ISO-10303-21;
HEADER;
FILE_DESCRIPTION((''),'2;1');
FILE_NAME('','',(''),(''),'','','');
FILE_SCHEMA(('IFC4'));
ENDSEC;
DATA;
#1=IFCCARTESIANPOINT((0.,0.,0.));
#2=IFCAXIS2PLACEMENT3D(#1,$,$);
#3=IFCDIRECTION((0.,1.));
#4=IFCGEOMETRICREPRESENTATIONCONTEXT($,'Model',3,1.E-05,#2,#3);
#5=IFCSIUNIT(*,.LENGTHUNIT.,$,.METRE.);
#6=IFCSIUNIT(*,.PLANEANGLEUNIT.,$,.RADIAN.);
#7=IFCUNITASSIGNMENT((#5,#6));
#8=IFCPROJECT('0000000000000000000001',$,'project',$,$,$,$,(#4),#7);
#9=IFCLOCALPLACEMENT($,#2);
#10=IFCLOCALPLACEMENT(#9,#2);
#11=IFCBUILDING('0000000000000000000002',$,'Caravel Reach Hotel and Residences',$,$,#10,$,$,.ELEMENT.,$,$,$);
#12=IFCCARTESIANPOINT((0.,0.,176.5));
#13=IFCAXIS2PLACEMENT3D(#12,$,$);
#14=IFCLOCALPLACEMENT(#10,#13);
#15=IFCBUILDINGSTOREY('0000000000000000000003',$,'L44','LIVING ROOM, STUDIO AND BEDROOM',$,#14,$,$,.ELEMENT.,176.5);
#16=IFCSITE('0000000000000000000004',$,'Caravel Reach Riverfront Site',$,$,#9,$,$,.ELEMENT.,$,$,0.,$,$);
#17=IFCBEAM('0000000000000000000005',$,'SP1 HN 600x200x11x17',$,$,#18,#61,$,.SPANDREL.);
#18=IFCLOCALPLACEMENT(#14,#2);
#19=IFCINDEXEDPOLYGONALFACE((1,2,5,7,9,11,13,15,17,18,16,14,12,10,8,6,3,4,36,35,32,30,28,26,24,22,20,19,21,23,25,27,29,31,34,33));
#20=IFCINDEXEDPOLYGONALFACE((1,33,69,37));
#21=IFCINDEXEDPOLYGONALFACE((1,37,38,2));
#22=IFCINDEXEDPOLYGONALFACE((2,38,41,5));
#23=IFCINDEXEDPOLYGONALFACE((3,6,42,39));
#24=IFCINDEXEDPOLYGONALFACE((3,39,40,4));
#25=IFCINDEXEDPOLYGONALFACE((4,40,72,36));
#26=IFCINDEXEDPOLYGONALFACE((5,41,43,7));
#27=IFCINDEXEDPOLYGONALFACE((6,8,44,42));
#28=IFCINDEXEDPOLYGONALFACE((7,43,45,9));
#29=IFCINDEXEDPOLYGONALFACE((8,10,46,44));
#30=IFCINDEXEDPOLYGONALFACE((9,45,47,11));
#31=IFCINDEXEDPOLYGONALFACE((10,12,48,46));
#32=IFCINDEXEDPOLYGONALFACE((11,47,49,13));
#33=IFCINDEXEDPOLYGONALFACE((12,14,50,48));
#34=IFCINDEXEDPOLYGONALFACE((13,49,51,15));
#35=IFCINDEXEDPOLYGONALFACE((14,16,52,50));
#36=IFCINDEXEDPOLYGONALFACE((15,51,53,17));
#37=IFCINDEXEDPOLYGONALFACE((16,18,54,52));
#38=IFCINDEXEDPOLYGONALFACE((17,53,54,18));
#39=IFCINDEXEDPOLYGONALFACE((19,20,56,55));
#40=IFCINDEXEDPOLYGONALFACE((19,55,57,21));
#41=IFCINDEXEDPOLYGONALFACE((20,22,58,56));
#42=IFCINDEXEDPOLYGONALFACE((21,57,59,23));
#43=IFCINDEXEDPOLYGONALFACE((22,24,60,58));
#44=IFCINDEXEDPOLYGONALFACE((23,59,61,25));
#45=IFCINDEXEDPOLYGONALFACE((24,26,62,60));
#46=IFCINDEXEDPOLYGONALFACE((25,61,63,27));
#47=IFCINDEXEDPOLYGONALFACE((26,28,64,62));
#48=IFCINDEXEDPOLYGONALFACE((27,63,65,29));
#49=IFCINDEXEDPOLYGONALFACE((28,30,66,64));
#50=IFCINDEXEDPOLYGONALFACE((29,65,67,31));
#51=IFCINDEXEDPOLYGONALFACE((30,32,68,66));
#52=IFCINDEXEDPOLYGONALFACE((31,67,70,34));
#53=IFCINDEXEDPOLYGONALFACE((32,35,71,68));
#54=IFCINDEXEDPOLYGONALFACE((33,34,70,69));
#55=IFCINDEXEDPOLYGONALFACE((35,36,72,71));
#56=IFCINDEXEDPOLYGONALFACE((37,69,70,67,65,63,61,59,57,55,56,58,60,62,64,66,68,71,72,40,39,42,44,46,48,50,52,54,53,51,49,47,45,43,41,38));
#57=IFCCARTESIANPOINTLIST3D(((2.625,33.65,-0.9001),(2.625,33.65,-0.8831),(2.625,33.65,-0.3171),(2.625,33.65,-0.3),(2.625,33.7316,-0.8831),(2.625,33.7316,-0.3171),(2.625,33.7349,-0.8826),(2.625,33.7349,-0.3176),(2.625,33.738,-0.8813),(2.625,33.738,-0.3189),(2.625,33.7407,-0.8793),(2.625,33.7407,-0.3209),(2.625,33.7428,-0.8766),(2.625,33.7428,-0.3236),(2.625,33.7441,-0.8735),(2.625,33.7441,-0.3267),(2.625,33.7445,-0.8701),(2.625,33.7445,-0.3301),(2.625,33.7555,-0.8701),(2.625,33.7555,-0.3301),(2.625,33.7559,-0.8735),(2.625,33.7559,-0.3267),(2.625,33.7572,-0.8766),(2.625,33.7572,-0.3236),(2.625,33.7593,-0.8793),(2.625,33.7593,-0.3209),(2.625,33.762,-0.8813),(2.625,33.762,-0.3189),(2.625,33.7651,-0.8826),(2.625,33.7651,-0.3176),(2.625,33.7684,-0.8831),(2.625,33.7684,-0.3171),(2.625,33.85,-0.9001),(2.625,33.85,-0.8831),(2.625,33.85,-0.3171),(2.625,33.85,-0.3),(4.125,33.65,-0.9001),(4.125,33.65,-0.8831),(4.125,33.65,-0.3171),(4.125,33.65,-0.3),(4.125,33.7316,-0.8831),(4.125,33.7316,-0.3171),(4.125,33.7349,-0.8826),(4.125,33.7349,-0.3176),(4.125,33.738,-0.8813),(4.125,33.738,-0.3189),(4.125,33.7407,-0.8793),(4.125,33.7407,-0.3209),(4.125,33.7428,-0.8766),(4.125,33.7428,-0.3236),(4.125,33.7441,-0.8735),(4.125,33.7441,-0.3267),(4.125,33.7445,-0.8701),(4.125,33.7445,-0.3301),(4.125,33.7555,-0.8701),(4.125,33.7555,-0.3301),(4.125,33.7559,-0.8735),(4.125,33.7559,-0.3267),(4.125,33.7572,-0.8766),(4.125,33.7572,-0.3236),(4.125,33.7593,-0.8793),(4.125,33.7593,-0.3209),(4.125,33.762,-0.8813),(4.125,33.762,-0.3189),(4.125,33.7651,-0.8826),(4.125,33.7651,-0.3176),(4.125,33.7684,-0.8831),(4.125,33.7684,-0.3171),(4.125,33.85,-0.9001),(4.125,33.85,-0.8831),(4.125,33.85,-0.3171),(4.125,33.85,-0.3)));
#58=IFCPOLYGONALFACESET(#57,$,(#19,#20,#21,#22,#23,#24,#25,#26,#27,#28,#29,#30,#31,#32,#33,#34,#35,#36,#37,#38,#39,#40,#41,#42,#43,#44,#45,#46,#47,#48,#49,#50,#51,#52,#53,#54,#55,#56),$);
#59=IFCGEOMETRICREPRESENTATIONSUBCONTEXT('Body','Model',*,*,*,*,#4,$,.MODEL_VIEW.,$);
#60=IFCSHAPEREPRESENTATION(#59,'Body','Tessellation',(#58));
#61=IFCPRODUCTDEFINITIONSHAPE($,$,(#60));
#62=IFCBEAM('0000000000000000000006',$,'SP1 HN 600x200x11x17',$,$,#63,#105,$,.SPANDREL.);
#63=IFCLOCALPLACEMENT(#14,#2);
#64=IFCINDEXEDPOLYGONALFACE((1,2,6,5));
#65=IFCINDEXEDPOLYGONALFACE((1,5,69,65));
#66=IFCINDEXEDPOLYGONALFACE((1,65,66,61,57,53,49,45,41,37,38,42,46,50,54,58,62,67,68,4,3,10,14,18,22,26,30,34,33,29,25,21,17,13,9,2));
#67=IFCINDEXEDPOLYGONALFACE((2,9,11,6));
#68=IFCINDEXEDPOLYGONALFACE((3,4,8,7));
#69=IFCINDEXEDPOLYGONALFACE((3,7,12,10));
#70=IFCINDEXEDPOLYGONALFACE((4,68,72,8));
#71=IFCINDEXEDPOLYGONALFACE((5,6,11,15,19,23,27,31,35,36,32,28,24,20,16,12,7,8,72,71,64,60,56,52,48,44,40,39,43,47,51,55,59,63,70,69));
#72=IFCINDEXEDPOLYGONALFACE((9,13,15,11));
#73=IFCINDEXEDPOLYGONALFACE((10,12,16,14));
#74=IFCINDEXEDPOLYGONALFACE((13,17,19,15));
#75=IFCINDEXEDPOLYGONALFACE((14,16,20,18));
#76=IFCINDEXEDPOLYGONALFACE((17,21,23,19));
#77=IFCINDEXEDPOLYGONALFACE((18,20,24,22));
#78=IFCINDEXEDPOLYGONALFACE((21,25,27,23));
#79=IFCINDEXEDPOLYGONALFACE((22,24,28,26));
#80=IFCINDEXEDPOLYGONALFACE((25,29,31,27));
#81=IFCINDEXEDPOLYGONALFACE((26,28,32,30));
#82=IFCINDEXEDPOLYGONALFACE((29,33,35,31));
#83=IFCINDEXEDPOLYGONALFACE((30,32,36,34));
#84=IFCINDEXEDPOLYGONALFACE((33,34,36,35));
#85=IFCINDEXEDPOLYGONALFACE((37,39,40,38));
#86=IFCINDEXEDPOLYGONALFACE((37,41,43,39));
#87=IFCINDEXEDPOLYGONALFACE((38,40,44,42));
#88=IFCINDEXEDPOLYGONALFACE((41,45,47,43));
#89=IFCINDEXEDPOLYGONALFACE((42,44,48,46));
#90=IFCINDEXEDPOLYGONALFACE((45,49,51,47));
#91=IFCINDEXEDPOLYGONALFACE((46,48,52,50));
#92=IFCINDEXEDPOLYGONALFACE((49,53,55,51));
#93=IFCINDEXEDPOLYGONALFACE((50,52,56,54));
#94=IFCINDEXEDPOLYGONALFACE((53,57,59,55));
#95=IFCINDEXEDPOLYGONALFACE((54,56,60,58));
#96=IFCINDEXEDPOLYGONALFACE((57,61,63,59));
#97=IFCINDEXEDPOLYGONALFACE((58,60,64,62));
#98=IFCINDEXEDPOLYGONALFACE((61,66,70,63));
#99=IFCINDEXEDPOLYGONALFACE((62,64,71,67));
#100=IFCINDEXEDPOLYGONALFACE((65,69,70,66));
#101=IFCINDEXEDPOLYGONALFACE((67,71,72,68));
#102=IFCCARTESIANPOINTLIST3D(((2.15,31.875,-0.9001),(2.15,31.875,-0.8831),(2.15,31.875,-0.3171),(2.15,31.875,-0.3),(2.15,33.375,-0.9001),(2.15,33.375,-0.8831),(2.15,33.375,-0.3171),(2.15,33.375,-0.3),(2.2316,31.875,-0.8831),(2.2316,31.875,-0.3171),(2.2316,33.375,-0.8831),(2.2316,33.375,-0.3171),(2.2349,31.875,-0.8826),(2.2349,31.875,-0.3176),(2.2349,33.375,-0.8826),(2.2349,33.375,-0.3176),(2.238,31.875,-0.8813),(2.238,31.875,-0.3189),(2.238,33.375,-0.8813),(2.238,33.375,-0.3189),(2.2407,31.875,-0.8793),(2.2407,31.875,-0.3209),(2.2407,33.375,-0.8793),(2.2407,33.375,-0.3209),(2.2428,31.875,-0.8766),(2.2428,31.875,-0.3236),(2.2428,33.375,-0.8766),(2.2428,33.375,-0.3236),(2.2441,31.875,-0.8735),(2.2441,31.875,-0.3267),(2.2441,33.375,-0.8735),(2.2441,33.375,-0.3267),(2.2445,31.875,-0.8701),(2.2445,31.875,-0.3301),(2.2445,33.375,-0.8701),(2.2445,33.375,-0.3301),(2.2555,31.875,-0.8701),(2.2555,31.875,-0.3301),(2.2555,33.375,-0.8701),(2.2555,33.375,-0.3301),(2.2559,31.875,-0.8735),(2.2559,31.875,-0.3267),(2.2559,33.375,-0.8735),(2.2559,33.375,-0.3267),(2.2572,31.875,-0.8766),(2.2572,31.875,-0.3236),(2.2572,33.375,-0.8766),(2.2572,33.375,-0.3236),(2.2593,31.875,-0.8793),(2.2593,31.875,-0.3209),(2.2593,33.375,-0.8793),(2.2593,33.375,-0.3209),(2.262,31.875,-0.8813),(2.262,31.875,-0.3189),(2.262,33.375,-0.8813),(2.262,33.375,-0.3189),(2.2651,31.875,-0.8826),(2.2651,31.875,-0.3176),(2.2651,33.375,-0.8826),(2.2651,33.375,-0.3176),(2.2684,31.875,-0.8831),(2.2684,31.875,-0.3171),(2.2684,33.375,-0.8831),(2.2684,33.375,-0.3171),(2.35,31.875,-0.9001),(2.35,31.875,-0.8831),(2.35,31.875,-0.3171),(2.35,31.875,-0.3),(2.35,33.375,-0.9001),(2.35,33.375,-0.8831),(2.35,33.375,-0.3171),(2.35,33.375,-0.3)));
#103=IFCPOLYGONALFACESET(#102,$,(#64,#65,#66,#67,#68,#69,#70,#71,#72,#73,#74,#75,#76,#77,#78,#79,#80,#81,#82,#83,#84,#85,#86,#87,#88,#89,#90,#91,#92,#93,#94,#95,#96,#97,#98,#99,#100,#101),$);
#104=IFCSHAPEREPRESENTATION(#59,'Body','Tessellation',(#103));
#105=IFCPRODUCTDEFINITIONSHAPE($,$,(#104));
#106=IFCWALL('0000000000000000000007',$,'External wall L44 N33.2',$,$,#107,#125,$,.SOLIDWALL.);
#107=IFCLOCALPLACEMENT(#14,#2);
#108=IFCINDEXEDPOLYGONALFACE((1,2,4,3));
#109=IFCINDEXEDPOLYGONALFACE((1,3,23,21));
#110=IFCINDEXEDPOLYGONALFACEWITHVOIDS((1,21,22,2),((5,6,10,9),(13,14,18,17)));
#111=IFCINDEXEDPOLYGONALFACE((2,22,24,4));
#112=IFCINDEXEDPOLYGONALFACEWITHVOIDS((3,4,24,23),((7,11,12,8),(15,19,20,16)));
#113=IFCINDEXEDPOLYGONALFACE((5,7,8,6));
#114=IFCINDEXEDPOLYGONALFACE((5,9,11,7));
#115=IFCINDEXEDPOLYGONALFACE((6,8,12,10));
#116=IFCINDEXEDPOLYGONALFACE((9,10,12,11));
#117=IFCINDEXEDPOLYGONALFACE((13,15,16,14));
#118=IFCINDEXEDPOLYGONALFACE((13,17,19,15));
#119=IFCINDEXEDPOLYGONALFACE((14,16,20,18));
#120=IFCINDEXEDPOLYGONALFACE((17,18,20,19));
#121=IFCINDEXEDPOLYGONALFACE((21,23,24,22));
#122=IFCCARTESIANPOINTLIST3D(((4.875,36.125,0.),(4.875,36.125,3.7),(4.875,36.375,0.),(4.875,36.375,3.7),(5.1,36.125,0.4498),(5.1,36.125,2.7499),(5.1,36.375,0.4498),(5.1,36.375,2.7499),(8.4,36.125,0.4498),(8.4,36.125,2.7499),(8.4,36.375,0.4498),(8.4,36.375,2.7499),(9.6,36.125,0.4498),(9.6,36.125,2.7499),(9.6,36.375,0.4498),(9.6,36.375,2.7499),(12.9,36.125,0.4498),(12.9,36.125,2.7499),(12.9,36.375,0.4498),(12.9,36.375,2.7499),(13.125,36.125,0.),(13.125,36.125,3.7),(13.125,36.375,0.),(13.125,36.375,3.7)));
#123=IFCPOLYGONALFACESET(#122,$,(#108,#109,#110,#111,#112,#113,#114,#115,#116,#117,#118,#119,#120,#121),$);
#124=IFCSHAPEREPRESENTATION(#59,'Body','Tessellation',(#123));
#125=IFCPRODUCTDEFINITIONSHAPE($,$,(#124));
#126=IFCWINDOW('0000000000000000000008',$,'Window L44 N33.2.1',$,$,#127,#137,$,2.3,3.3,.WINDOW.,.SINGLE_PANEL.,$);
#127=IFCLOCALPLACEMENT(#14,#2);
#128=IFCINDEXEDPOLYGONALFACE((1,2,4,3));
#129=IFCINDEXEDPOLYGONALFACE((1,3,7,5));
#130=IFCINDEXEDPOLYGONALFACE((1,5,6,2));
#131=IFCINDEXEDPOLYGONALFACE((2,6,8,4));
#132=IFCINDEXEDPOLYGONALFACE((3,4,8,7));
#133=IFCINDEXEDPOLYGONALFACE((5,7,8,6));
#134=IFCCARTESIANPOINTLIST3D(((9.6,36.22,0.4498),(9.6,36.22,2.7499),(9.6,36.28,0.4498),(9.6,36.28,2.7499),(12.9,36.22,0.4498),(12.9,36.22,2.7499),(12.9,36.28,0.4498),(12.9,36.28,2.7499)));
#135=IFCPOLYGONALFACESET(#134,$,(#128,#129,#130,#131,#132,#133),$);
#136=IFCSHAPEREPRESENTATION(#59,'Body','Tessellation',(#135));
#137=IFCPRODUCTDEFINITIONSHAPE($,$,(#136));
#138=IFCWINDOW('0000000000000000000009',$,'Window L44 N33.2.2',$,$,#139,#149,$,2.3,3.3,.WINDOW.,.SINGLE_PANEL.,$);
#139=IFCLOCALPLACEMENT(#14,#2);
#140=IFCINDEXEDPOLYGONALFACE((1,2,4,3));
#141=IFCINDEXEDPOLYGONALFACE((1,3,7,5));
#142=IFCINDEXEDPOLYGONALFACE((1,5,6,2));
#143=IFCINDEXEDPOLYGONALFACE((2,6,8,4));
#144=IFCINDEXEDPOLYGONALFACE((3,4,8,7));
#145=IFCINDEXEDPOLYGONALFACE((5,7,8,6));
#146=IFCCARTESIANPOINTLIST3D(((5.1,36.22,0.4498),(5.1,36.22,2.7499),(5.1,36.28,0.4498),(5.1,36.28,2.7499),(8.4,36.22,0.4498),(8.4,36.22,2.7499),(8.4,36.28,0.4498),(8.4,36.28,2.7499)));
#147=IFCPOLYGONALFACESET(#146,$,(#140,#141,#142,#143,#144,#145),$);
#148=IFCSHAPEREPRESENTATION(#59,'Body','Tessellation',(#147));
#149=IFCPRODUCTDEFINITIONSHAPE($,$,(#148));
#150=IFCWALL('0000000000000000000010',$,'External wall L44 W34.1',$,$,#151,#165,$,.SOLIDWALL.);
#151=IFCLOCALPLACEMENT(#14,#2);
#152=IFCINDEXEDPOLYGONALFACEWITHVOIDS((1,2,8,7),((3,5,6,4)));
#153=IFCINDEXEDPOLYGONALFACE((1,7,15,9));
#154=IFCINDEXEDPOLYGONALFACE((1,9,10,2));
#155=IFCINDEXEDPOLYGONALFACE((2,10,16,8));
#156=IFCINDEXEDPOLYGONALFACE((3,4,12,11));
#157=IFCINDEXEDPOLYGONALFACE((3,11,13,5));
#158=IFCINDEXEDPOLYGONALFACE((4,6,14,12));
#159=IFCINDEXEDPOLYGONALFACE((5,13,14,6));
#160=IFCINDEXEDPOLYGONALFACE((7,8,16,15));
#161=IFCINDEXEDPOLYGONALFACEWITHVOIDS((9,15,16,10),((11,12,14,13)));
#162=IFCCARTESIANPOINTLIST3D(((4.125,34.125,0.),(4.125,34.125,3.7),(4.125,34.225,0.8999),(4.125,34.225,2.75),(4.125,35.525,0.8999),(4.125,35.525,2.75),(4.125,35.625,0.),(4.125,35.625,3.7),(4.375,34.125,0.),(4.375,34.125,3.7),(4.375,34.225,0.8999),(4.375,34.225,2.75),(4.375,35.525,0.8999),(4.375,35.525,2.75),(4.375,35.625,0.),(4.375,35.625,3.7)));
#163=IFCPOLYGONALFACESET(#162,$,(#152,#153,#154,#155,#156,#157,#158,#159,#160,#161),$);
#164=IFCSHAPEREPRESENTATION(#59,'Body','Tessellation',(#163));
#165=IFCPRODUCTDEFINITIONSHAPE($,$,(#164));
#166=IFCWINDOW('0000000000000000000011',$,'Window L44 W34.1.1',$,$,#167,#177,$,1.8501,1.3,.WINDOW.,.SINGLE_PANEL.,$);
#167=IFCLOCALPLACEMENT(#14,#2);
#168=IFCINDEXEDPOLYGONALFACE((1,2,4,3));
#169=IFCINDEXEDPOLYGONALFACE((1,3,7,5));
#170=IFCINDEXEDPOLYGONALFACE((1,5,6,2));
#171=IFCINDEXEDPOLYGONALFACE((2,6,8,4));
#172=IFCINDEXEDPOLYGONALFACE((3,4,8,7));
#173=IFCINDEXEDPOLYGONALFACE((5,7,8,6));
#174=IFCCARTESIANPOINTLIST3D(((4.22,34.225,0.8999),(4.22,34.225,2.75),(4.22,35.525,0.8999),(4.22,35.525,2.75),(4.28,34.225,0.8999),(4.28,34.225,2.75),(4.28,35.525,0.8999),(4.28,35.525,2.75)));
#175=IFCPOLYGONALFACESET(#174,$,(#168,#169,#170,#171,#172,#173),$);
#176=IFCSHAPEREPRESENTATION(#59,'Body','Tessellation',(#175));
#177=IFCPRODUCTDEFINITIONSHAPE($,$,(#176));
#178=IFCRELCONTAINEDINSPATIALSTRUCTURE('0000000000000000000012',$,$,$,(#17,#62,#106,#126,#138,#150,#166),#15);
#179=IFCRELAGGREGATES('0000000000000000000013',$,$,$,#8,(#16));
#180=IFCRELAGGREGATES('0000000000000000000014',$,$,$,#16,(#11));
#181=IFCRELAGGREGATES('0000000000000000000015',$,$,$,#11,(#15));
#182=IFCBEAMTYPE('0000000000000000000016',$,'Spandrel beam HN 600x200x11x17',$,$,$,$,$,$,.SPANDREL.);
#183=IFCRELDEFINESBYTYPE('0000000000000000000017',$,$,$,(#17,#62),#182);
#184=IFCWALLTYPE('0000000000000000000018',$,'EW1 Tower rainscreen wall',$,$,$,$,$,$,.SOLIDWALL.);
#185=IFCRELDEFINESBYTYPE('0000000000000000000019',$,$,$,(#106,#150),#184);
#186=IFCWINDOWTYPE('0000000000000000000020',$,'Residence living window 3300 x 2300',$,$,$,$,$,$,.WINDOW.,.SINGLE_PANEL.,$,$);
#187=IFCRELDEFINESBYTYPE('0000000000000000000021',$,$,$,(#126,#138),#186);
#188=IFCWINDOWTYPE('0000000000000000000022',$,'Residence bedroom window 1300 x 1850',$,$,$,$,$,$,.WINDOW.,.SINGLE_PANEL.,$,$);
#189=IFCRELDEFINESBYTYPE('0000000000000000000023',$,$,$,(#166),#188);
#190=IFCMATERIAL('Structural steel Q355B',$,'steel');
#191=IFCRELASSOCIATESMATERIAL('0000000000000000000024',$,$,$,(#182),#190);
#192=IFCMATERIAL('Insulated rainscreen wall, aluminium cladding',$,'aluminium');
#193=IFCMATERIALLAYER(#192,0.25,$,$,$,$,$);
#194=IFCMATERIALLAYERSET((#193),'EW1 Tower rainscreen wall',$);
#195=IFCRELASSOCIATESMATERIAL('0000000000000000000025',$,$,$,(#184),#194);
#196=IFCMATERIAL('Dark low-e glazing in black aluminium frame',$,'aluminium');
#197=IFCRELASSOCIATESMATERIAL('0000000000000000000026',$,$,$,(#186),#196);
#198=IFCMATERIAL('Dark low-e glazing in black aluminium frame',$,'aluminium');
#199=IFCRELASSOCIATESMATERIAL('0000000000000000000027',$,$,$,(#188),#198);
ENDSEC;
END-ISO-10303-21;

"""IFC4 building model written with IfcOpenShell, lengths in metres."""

from ifc_helpers import new_model, si_unit, direction, frame, frame_2d, origin, origin_2d, place, context, subcontext, project, spatial, rectangle, i_section, extrude, material, layer, layer_set, material_profile, profile_set, type_object, element, fill, save


model = new_model("IFC4")

# Units and contexts
model_context = context("Model", 3, precision=1e-05, world=origin(), true_north=direction((0.0, 1.0)))
body_context = subcontext(model_context, "Body", "Model", "MODEL_VIEW")
ifc_project = project(units=[si_unit("LENGTHUNIT", "METRE"), si_unit("PLANEANGLEUNIT", "RADIAN")], contexts=[model_context])

# Site, building, storey
site_placement = place(None, origin())
site = spatial("IfcSite", under=ifc_project, at=site_placement, Name="Caravel Reach Riverfront Site", CompositionType="ELEMENT", RefElevation=0.0)
building_placement = place(site_placement, origin())
building = spatial("IfcBuilding", under=site, at=building_placement, Name="Caravel Reach Hotel and Residences", CompositionType="ELEMENT")
storey_placement = place(building_placement, frame((0.0, 0.0, 176.5)))
storey = spatial("IfcBuildingStorey", under=building, at=storey_placement, Name="L44", Description="LIVING ROOM, STUDIO AND BEDROOM", CompositionType="ELEMENT", Elevation=176.5)

# Beams
ifc_material_1 = material(Name="Structural steel Q355B", Category="steel")
ifc_material_profile_1 = material_profile(ifc_material_1, i_section(OverallWidth=0.2, OverallDepth=0.6001, WebThickness=0.011, FlangeThickness=0.0171, FilletRadius=0.0129, at=origin_2d()), Name="HN 600x200x11x17")
ifc_profile_set_1 = profile_set([ifc_material_profile_1], Name="Structural steel Q355B")
beam_type = type_object("IfcBeamType", Name="Spandrel beam HN 600x200x11x17", PredefinedType="SPANDREL", material=ifc_profile_set_1)
for number, where, z_axis, x_axis, name in (
    (1, (4.125, 33.75, -0.6001), (-1.0, 0.0, 0.0), (0.0, -1.0, 0.0), "SP1 HN 600x200x11x17"),
    (2, (2.25, 33.375, -0.6001), (0.0, -1.0, 0.0), (1.0, 0.0, 0.0), "SP1 HN 600x200x11x17"),
):
    element("IfcBeam", number, at=place(storey_placement, frame(where, z_axis=z_axis, x_axis=x_axis)), inside=storey, type_object=beam_type, Name=name, PredefinedType="SPANDREL", context=body_context, shape_type="SweptSolid", body=[
        extrude(i_section(OverallWidth=0.2, OverallDepth=0.6001, WebThickness=0.011, FlangeThickness=0.0171, FilletRadius=0.0129, at=origin_2d()), origin(), (0.0, 0.0, 1.0), 1.5),
    ])

# Wall, openings, windows
ifc_material_2 = material(Name="Insulated rainscreen wall, aluminium cladding", Category="aluminium")
ifc_layer_1 = layer(ifc_material_2, 0.25)
ifc_layer_set_1 = layer_set([ifc_layer_1], Name="EW1 Tower rainscreen wall")
wall_type_1 = type_object("IfcWallType", Name="EW1 Tower rainscreen wall", PredefinedType="SOLIDWALL", material=ifc_layer_set_1)
wall_1_placement = place(storey_placement, frame((13.125, 36.25, 0.0), z_axis=(0.0, 0.0, 1.0), x_axis=(-1.0, 0.0, 0.0)))
wall_1 = element("IfcWall", 3, at=wall_1_placement, inside=storey, type_object=wall_type_1, Name="External wall L44 N33.2", PredefinedType="SOLIDWALL", context=body_context, shape_type="SweptSolid", body=[
    extrude(rectangle(XDim=8.25, YDim=0.25, at=frame_2d((4.125, 0.0))), origin(), (0.0, 0.0, 1.0), 3.7),
])
opening_1_placement = place(wall_1_placement, frame((0.2251, 0.0, 0.45)))
opening_1 = element("IfcOpeningElement", 4, at=opening_1_placement, cuts=wall_1, PredefinedType="OPENING", context=body_context, shape_type="SweptSolid", body=[
    extrude(rectangle(XDim=3.3, YDim=2.3, at=frame_2d((1.6499, 1.1499))), frame((0.0, 0.135, 0.0), z_axis=(0.0, -1.0, 0.0), x_axis=(1.0, 0.0, 0.0)), (0.0, 0.0, 1.0), 0.27),
])
opening_2_placement = place(wall_1_placement, frame((4.7251, 0.0, 0.45)))
opening_2 = element("IfcOpeningElement", 5, at=opening_2_placement, cuts=wall_1, PredefinedType="OPENING", context=body_context, shape_type="SweptSolid", body=[
    extrude(rectangle(XDim=3.3, YDim=2.3, at=frame_2d((1.6499, 1.1499))), frame((0.0, 0.135, 0.0), z_axis=(0.0, -1.0, 0.0), x_axis=(1.0, 0.0, 0.0)), (0.0, 0.0, 1.0), 0.27),
])
ifc_material_3 = material(Name="Dark low-e glazing in black aluminium frame", Category="aluminium")
window_type_1 = type_object("IfcWindowType", Name="Residence living window 3300 x 2300", PartitioningType="SINGLE_PANEL", PredefinedType="WINDOW", material=ifc_material_3)
window_1_placement = place(opening_1_placement, origin())
window_1 = element("IfcWindow", 6, at=window_1_placement, inside=storey, type_object=window_type_1, Name="Window L44 N33.2.1", OverallHeight=2.3, OverallWidth=3.3, PartitioningType="SINGLE_PANEL", PredefinedType="WINDOW", context=body_context, shape_type="SweptSolid", body=[
    extrude(rectangle(XDim=3.3, YDim=2.3, at=frame_2d((1.6499, 1.1499))), frame((0.0, 0.03, 0.0), z_axis=(0.0, -1.0, 0.0), x_axis=(1.0, 0.0, 0.0)), (0.0, 0.0, 1.0), 0.0601),
])
fill(opening_1, window_1)
window_2_placement = place(opening_2_placement, origin())
window_2 = element("IfcWindow", 7, at=window_2_placement, inside=storey, type_object=window_type_1, Name="Window L44 N33.2.2", OverallHeight=2.3, OverallWidth=3.3, PartitioningType="SINGLE_PANEL", PredefinedType="WINDOW", context=body_context, shape_type="SweptSolid", body=[
    extrude(rectangle(XDim=3.3, YDim=2.3, at=frame_2d((1.6499, 1.1499))), frame((0.0, 0.03, 0.0), z_axis=(0.0, -1.0, 0.0), x_axis=(1.0, 0.0, 0.0)), (0.0, 0.0, 1.0), 0.0601),
])
fill(opening_2, window_2)

# Wall, opening, window
wall_2_placement = place(storey_placement, frame((4.25, 35.625, 0.0), z_axis=(0.0, 0.0, 1.0), x_axis=(0.0, -1.0, 0.0)))
wall_2 = element("IfcWall", 8, at=wall_2_placement, inside=storey, type_object=wall_type_1, Name="External wall L44 W34.1", PredefinedType="SOLIDWALL", context=body_context, shape_type="SweptSolid", body=[
    extrude(rectangle(XDim=1.5, YDim=0.25, at=frame_2d((0.75, 0.0))), origin(), (0.0, 0.0, 1.0), 3.7),
])
opening_3_placement = place(wall_2_placement, frame((0.1001, 0.0, 0.8999)))
opening_3 = element("IfcOpeningElement", 9, at=opening_3_placement, cuts=wall_2, PredefinedType="OPENING", context=body_context, shape_type="SweptSolid", body=[
    extrude(rectangle(XDim=1.3, YDim=1.8501, at=frame_2d((0.6499, 0.925))), frame((0.0, 0.135, 0.0), z_axis=(0.0, -1.0, 0.0), x_axis=(1.0, 0.0, 0.0)), (0.0, 0.0, 1.0), 0.27),
])
ifc_material_4 = material(Name="Dark low-e glazing in black aluminium frame", Category="aluminium")
window_type_2 = type_object("IfcWindowType", Name="Residence bedroom window 1300 x 1850", PartitioningType="SINGLE_PANEL", PredefinedType="WINDOW", material=ifc_material_4)
window_3_placement = place(opening_3_placement, origin())
window_3 = element("IfcWindow", 10, at=window_3_placement, inside=storey, type_object=window_type_2, Name="Window L44 W34.1.1", OverallHeight=1.8501, OverallWidth=1.3, PartitioningType="SINGLE_PANEL", PredefinedType="WINDOW", context=body_context, shape_type="SweptSolid", body=[
    extrude(rectangle(XDim=1.3, YDim=1.8501, at=frame_2d((0.6499, 0.925))), frame((0.0, 0.03, 0.0), z_axis=(0.0, -1.0, 0.0), x_axis=(1.0, 0.0, 0.0)), (0.0, 0.0, 1.0), 0.0601),
])
fill(opening_3, window_3)

save(model, "model.ifc")
